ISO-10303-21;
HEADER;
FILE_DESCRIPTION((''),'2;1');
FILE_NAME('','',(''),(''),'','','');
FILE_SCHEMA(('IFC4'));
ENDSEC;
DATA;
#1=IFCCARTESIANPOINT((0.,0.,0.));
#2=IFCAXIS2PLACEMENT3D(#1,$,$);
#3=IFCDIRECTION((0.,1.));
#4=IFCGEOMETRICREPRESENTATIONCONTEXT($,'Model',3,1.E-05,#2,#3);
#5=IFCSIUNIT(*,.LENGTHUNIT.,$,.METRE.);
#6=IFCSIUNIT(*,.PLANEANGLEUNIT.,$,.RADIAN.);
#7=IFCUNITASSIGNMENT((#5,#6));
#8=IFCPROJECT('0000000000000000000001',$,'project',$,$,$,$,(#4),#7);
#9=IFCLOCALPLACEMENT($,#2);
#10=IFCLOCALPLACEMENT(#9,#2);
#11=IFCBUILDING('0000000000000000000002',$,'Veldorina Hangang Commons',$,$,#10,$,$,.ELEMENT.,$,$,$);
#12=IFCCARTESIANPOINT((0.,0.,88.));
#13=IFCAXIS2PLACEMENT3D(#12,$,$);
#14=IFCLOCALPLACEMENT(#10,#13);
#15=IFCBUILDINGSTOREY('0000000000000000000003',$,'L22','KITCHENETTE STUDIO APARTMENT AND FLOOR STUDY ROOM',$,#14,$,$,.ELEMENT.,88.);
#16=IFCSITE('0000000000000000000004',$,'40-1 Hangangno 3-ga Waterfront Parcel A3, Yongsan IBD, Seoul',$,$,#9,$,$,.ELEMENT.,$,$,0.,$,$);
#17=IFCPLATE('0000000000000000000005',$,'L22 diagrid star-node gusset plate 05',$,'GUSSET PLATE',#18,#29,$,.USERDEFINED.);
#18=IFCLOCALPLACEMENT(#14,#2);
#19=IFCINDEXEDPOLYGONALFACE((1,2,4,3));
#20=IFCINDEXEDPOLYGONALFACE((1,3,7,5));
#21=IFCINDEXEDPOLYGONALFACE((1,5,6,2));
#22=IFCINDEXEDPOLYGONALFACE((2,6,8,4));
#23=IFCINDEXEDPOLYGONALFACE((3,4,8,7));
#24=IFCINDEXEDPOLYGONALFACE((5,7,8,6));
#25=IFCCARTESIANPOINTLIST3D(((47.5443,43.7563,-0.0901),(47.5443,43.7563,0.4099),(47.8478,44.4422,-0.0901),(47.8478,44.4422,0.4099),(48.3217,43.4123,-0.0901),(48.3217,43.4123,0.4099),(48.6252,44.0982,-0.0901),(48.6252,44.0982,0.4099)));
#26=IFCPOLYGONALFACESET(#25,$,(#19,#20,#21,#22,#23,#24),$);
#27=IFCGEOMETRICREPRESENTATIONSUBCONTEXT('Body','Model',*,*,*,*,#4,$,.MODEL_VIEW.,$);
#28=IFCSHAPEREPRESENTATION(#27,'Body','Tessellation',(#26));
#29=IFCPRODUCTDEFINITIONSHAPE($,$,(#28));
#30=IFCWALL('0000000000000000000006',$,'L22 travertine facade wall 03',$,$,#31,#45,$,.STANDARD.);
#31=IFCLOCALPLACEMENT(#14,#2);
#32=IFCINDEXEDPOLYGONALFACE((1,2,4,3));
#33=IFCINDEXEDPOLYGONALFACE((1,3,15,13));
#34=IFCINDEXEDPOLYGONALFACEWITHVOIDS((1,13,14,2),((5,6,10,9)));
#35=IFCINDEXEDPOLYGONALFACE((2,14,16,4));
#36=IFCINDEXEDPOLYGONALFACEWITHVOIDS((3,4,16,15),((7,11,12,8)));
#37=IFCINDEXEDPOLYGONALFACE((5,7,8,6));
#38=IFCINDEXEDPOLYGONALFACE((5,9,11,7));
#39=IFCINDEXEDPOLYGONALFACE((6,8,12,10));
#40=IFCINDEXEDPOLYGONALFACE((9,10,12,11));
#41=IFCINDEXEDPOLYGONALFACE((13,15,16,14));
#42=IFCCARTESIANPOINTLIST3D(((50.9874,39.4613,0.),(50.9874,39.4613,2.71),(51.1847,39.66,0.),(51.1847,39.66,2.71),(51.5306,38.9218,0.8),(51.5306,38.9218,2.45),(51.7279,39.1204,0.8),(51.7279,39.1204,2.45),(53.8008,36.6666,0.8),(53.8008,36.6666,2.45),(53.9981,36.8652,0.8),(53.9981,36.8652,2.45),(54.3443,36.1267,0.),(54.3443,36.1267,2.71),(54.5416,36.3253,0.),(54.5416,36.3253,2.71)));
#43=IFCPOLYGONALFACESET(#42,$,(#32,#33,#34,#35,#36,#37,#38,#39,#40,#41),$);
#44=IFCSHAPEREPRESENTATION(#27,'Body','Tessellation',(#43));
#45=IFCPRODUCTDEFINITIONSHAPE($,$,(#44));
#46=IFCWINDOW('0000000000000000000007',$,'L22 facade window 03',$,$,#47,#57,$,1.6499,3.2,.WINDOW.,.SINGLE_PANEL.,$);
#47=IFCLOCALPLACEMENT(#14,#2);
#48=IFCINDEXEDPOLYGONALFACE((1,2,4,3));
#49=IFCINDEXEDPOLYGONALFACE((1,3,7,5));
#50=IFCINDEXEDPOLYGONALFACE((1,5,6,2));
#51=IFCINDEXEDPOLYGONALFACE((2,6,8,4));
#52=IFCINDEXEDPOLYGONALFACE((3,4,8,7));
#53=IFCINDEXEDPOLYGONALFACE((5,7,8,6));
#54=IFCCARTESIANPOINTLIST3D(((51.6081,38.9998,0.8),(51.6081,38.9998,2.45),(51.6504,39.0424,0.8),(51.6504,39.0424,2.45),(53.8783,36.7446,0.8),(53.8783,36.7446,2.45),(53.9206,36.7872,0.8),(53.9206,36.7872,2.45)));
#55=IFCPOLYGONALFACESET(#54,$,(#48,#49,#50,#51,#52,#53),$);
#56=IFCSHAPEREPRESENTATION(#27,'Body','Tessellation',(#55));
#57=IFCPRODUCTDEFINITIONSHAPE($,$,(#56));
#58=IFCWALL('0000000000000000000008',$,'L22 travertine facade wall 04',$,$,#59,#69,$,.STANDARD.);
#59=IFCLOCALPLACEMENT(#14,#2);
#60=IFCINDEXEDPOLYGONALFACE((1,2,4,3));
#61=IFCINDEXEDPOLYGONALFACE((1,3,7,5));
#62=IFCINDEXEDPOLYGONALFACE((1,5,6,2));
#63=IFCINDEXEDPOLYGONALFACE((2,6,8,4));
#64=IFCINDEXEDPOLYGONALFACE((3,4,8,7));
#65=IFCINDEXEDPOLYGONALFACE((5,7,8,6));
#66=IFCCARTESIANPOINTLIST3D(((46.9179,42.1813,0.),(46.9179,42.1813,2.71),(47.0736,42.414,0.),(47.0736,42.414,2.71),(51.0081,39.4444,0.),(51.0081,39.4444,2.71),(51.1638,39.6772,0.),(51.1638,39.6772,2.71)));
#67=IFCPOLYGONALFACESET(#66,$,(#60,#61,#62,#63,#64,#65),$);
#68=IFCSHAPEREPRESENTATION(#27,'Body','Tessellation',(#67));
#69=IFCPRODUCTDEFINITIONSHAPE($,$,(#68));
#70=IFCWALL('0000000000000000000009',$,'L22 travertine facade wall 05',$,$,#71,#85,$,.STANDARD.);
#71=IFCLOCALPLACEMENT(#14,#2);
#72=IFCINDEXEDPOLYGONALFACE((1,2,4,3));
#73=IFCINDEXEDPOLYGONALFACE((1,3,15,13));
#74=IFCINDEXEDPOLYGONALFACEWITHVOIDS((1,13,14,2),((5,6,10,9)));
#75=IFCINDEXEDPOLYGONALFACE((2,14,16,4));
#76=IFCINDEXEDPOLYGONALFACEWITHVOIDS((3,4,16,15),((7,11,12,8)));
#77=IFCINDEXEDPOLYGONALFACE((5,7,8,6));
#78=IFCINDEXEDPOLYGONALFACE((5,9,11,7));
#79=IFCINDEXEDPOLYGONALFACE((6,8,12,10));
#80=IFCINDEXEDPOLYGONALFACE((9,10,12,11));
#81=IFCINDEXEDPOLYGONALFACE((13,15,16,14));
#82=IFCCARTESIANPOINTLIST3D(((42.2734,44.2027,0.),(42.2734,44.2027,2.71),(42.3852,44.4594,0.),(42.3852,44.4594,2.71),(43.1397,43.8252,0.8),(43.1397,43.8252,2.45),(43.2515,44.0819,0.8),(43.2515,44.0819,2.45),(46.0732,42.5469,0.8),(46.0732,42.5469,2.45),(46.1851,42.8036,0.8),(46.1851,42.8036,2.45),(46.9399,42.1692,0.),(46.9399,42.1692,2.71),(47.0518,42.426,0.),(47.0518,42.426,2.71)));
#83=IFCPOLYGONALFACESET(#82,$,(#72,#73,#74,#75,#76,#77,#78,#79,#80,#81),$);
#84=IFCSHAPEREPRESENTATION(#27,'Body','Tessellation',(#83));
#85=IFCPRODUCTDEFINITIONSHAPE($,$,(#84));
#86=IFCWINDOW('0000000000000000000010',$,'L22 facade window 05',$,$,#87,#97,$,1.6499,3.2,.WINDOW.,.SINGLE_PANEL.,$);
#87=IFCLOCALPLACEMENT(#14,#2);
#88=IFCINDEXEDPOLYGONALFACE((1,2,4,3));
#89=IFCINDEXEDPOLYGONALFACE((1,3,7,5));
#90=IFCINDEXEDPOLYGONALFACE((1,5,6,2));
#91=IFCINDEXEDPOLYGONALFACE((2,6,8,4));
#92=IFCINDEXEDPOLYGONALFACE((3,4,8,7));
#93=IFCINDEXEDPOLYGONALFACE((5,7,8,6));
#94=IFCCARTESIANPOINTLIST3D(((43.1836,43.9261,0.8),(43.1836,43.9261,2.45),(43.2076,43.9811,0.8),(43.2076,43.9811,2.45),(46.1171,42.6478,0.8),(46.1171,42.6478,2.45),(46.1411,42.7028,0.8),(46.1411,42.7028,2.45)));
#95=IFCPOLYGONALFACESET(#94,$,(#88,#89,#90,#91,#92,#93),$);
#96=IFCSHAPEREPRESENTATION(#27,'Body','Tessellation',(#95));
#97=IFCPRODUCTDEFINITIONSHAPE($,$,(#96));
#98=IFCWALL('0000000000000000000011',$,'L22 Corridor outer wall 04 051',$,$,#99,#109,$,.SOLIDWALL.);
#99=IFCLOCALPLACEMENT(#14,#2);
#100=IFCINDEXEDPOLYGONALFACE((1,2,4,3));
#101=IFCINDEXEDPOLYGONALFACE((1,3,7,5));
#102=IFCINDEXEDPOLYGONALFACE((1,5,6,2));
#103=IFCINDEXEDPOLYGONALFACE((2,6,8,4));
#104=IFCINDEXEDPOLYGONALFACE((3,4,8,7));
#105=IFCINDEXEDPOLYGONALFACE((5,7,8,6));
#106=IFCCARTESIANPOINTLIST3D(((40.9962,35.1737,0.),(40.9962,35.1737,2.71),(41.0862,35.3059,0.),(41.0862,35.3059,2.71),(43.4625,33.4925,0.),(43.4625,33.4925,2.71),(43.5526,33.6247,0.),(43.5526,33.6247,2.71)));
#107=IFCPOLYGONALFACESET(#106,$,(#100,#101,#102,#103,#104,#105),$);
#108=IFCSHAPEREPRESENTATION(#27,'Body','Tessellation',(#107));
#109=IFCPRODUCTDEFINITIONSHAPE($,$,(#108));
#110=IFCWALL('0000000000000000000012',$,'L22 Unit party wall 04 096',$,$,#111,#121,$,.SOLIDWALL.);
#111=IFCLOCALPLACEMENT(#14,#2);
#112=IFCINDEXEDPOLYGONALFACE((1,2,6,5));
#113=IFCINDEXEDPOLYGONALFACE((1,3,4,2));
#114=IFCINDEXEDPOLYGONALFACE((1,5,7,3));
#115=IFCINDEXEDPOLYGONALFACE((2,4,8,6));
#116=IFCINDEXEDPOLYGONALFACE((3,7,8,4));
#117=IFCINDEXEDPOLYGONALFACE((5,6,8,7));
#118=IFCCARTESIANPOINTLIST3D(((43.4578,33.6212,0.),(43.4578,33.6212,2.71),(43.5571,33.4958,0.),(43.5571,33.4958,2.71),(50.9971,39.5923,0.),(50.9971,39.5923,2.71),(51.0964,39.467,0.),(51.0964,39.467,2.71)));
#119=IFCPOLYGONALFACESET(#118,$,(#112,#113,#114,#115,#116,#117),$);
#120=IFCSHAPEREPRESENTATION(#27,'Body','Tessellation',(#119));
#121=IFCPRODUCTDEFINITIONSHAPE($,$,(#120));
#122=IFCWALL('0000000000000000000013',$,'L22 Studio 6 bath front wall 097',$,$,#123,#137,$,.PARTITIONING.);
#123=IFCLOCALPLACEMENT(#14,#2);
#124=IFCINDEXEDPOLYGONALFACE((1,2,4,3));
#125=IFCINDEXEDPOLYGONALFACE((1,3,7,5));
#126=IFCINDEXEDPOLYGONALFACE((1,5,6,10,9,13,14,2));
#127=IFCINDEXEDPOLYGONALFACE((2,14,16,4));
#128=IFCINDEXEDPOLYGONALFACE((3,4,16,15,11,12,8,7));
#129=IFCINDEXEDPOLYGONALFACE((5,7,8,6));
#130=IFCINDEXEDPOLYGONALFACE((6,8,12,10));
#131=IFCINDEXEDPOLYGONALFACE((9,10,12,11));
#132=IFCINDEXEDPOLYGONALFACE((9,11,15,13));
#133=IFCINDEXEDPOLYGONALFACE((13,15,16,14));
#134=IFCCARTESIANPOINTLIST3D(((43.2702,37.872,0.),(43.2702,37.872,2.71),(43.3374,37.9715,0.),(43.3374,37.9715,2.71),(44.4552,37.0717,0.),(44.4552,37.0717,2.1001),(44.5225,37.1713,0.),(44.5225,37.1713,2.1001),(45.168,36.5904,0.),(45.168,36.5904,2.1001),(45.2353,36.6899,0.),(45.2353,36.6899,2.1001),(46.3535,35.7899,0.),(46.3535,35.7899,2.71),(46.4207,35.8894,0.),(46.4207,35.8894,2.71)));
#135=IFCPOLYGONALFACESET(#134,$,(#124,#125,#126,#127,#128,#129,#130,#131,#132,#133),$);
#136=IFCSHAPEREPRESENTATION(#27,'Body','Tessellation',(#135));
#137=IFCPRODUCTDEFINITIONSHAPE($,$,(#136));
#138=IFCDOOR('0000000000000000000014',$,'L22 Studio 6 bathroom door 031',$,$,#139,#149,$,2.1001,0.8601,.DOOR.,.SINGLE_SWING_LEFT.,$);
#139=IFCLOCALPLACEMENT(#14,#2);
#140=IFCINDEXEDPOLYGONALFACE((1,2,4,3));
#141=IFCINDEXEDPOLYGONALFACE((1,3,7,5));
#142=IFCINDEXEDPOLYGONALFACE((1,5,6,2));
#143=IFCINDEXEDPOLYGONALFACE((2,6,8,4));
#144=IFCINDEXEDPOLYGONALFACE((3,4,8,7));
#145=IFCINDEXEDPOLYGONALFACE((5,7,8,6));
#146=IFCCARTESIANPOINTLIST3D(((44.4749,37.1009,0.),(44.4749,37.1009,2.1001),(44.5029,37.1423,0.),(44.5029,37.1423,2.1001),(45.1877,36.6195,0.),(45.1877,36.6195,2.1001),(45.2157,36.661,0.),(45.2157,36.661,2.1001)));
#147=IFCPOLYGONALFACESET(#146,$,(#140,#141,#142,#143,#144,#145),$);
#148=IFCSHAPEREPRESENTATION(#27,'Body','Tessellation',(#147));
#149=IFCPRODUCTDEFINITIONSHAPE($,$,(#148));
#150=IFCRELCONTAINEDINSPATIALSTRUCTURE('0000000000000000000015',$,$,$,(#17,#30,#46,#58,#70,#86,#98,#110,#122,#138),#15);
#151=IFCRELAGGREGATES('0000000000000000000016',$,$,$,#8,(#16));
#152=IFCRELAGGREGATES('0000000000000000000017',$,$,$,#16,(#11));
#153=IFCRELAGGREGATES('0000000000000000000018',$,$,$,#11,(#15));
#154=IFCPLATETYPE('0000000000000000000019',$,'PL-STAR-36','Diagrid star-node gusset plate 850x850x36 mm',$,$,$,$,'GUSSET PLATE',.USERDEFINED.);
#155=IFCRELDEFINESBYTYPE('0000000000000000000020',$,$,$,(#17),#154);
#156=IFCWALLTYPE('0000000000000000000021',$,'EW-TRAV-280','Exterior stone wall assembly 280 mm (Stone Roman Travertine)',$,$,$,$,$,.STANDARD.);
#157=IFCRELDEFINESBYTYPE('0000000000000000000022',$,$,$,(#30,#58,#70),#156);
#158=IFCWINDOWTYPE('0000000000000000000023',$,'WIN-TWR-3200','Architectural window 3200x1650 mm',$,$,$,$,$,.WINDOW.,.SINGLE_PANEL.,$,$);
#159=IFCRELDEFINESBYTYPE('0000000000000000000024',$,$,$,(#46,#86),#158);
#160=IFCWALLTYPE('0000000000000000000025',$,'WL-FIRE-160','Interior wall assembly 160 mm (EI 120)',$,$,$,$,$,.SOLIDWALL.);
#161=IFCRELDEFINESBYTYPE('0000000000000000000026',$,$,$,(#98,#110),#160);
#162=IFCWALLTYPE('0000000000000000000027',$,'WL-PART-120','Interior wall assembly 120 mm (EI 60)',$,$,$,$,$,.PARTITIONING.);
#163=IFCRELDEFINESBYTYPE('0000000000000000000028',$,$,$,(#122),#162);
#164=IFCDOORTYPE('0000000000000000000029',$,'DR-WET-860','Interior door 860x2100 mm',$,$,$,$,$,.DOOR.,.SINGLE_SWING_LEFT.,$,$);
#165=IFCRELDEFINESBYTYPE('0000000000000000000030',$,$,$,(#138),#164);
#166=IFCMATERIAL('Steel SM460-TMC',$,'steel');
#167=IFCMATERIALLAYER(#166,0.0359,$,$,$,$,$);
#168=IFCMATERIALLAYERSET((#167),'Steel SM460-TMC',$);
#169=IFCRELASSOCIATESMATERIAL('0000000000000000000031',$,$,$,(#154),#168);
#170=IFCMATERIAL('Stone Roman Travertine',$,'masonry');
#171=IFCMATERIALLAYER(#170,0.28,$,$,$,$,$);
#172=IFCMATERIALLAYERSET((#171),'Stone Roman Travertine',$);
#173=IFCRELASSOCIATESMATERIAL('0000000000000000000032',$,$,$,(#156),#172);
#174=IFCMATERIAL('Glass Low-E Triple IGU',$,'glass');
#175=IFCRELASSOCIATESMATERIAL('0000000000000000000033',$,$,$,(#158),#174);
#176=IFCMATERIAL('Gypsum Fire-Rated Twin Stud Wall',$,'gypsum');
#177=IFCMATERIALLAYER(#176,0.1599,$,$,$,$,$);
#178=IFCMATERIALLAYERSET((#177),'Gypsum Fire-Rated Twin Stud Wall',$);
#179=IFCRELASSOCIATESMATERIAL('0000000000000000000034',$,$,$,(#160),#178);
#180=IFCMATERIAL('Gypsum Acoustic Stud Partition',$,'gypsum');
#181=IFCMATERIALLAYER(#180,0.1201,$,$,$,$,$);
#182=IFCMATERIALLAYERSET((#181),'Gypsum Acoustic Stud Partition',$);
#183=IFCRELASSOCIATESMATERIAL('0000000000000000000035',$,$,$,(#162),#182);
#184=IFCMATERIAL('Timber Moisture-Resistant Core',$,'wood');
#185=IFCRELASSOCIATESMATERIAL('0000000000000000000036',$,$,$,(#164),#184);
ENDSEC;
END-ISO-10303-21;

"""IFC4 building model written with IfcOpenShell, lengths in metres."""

from ifc_helpers import new_model, si_unit, direction, frame, frame_2d, origin, origin_2d, place, context, subcontext, project, spatial, rectangle, extrude, material, layer, layer_set, type_object, element, fill, save


model = new_model("IFC4")

# Units and contexts
model_context = context("Model", 3, precision=1e-05, world=origin(), true_north=direction((0.0, 1.0)))
body_context = subcontext(model_context, "Body", "Model", "MODEL_VIEW")
ifc_project = project(units=[si_unit("LENGTHUNIT", "METRE"), si_unit("PLANEANGLEUNIT", "RADIAN")], contexts=[model_context])

# Site, building, storey
site_placement = place(None, origin())
site = spatial("IfcSite", under=ifc_project, at=site_placement, Name="40-1 Hangangno 3-ga Waterfront Parcel A3, Yongsan IBD, Seoul", CompositionType="ELEMENT", RefElevation=0.0)
building_placement = place(site_placement, origin())
building = spatial("IfcBuilding", under=site, at=building_placement, Name="Veldorina Hangang Commons", CompositionType="ELEMENT")
storey_placement = place(building_placement, frame((0.0, 0.0, 88.0)))
storey = spatial("IfcBuildingStorey", under=building, at=storey_placement, Name="L22", Description="KITCHENETTE STUDIO APARTMENT AND FLOOR STUDY ROOM", CompositionType="ELEMENT", Elevation=88.0)

# Shared definitions
ifc_material_1 = material(Name="Steel SM460-TMC", Category="steel")

# Plate
ifc_layer_1 = layer(ifc_material_1, 0.0359)
ifc_layer_set_1 = layer_set([ifc_layer_1], Name="Steel SM460-TMC")
plate_type = type_object("IfcPlateType", Name="PL-STAR-36", Description="Diagrid star-node gusset plate 850x850x36 mm", ElementType="GUSSET PLATE", PredefinedType="USERDEFINED", material=ifc_layer_set_1)
plate_1_placement = place(storey_placement, frame((48.0847, 43.9272, -0.0901), z_axis=(0.0, 0.0, 1.0), x_axis=(-0.91448, 0.404631, 0.0)))
element("IfcPlate", 1, at=plate_1_placement, inside=storey, type_object=plate_type, Name="L22 diagrid star-node gusset plate 05", ObjectType="GUSSET PLATE", PredefinedType="USERDEFINED", context=body_context, shape_type="SweptSolid", body=[
    extrude(rectangle(XDim=0.8501, YDim=0.75, at=origin_2d()), origin(), (0.0, 0.0, 1.0), 0.5),
])

# Wall, opening, window
ifc_material_2 = material(Name="Stone Roman Travertine", Category="masonry")
ifc_layer_2 = layer(ifc_material_2, 0.28)
ifc_layer_set_2 = layer_set([ifc_layer_2], Name="Stone Roman Travertine")
wall_type_1 = type_object("IfcWallType", Name="EW-TRAV-280", Description="Exterior stone wall assembly 280 mm (Stone Roman Travertine)", PredefinedType="STANDARD", material=ifc_layer_set_2)
wall_1_placement = place(storey_placement, frame((54.4429, 36.2261, 0.0), z_axis=(0.0, 0.0, 1.0), x_axis=(-0.709451, 0.704755, 0.0)))
wall_1 = element("IfcWall", 2, at=wall_1_placement, inside=storey, type_object=wall_type_1, Name="L22 travertine facade wall 03", PredefinedType="STANDARD", context=body_context, shape_type="SweptSolid", body=[
    extrude(rectangle(XDim=4.7317, YDim=0.28, at=frame_2d((2.3657, 0.0))), origin(), (0.0, 0.0, 1.0), 2.71),
])
opening_1_placement = place(wall_1_placement, frame((0.7659, 0.0, 0.8)))
opening_1 = element("IfcOpeningElement", 3, at=opening_1_placement, cuts=wall_1, PredefinedType="OPENING", context=body_context, shape_type="SweptSolid", body=[
    extrude(rectangle(XDim=3.2, YDim=1.6499, at=frame_2d((1.6001, 0.825))), frame((0.0, 0.1499, 0.0), z_axis=(0.0, -1.0, 0.0), x_axis=(1.0, 0.0, 0.0)), (0.0, 0.0, 1.0), 0.3),
])
ifc_material_3 = material(Name="Glass Low-E Triple IGU", Category="glass")
window_type = type_object("IfcWindowType", Name="WIN-TWR-3200", Description="Architectural window 3200x1650 mm", PartitioningType="SINGLE_PANEL", PredefinedType="WINDOW", material=ifc_material_3)
window_1_placement = place(opening_1_placement, origin())
window_1 = element("IfcWindow", 4, at=window_1_placement, inside=storey, type_object=window_type, Name="L22 facade window 03", OverallHeight=1.6499, OverallWidth=3.2, PartitioningType="SINGLE_PANEL", PredefinedType="WINDOW", context=body_context, shape_type="SweptSolid", body=[
    extrude(rectangle(XDim=3.2, YDim=1.6499, at=frame_2d((1.6001, 0.825))), frame((0.0, 0.03, 0.0), z_axis=(0.0, -1.0, 0.0), x_axis=(1.0, 0.0, 0.0)), (0.0, 0.0, 1.0), 0.0601),
])
fill(opening_1, window_1)

# Wall
wall_2_placement = place(storey_placement, frame((51.0859, 39.5608, 0.0), z_axis=(0.0, 0.0, 1.0), x_axis=(-0.831103, 0.556119, 0.0)))
element("IfcWall", 5, at=wall_2_placement, inside=storey, type_object=wall_type_1, Name="L22 travertine facade wall 04", PredefinedType="STANDARD", context=body_context, shape_type="SweptSolid", body=[
    extrude(rectangle(XDim=4.9214, YDim=0.28, at=frame_2d((2.4607, 0.0))), origin(), (0.0, 0.0, 1.0), 2.71),
])

# Wall, opening, window
wall_3_placement = place(storey_placement, frame((46.9958, 42.2976, 0.0), z_axis=(0.0, 0.0, 1.0), x_axis=(-0.916744, 0.399475, 0.0)))
wall_3 = element("IfcWall", 6, at=wall_3_placement, inside=storey, type_object=wall_type_1, Name="L22 travertine facade wall 05", PredefinedType="STANDARD", context=body_context, shape_type="SweptSolid", body=[
    extrude(rectangle(XDim=5.0903, YDim=0.28, at=frame_2d((2.5452, 0.0))), origin(), (0.0, 0.0, 1.0), 2.71),
])
opening_2_placement = place(wall_3_placement, frame((0.9453, 0.0, 0.8)))
opening_2 = element("IfcOpeningElement", 7, at=opening_2_placement, cuts=wall_3, PredefinedType="OPENING", context=body_context, shape_type="SweptSolid", body=[
    extrude(rectangle(XDim=3.2, YDim=1.6499, at=frame_2d((1.6001, 0.825))), frame((0.0, 0.1499, 0.0), z_axis=(0.0, -1.0, 0.0), x_axis=(1.0, 0.0, 0.0)), (0.0, 0.0, 1.0), 0.3),
])
window_2_placement = place(opening_2_placement, origin())
window_2 = element("IfcWindow", 8, at=window_2_placement, inside=storey, type_object=window_type, Name="L22 facade window 05", OverallHeight=1.6499, OverallWidth=3.2, PartitioningType="SINGLE_PANEL", PredefinedType="WINDOW", context=body_context, shape_type="SweptSolid", body=[
    extrude(rectangle(XDim=3.2, YDim=1.6499, at=frame_2d((1.6001, 0.825))), frame((0.0, 0.03, 0.0), z_axis=(0.0, -1.0, 0.0), x_axis=(1.0, 0.0, 0.0)), (0.0, 0.0, 1.0), 0.0601),
])
fill(opening_2, window_2)

# Walls
ifc_material_4 = material(Name="Gypsum Fire-Rated Twin Stud Wall", Category="gypsum")
ifc_layer_3 = layer(ifc_material_4, 0.1599)
ifc_layer_set_3 = layer_set([ifc_layer_3], Name="Gypsum Fire-Rated Twin Stud Wall")
wall_type_2 = type_object("IfcWallType", Name="WL-FIRE-160", Description="Interior wall assembly 160 mm (EI 120)", PredefinedType="SOLIDWALL", material=ifc_layer_set_3)
wall_4_placement = place(storey_placement, frame((43.5076, 33.5586, 0.0), z_axis=(0.0, 0.0, 1.0), x_axis=(-0.826293, 0.56324, 0.0)))
element("IfcWall", 9, at=wall_4_placement, inside=storey, type_object=wall_type_2, Name="L22 Corridor outer wall 04 051", PredefinedType="SOLIDWALL", context=body_context, shape_type="SweptSolid", body=[
    extrude(rectangle(XDim=2.9849, YDim=0.1599, at=frame_2d((1.4924, 0.0))), origin(), (0.0, 0.0, 1.0), 2.71),
])
wall_5_placement = place(storey_placement, frame((43.5076, 33.5586, 0.0), z_axis=(0.0, 0.0, 1.0), x_axis=(0.783916, 0.620867, 0.0)))
element("IfcWall", 10, at=wall_5_placement, inside=storey, type_object=wall_type_2, Name="L22 Unit party wall 04 096", PredefinedType="SOLIDWALL", context=body_context, shape_type="SweptSolid", body=[
    extrude(rectangle(XDim=9.6174, YDim=0.1599, at=frame_2d((4.8086, 0.0))), origin(), (0.0, 0.0, 1.0), 2.71),
])

# Wall, opening, door
ifc_material_5 = material(Name="Gypsum Acoustic Stud Partition", Category="gypsum")
ifc_layer_4 = layer(ifc_material_5, 0.1201)
ifc_layer_set_4 = layer_set([ifc_layer_4], Name="Gypsum Acoustic Stud Partition")
wall_type_3 = type_object("IfcWallType", Name="WL-PART-120", Description="Interior wall assembly 120 mm (EI 60)", PredefinedType="PARTITIONING", material=ifc_layer_set_4)
wall_6_placement = place(storey_placement, frame((46.3872, 35.8396, 0.0), z_axis=(0.0, 0.0, 1.0), x_axis=(-0.828744, 0.559627, 0.0)))
wall_6 = element("IfcWall", 11, at=wall_6_placement, inside=storey, type_object=wall_type_3, Name="L22 Studio 6 bath front wall 097", PredefinedType="PARTITIONING", context=body_context, shape_type="SweptSolid", body=[
    extrude(rectangle(XDim=3.7205, YDim=0.1201, at=frame_2d((1.8604, 0.0))), origin(), (0.0, 0.0, 1.0), 2.71),
])
opening_3_placement = place(wall_6_placement, frame((1.4304, 0.0, 0.0)))
opening_3 = element("IfcOpeningElement", 12, at=opening_3_placement, cuts=wall_6, PredefinedType="OPENING", context=body_context, shape_type="SweptSolid", body=[
    extrude(rectangle(XDim=0.8601, YDim=2.1001, at=frame_2d((0.4302, 1.05))), frame((0.0, 0.0701, 0.0), z_axis=(0.0, -1.0, 0.0), x_axis=(1.0, 0.0, 0.0)), (0.0, 0.0, 1.0), 0.1401),
])
ifc_material_6 = material(Name="Timber Moisture-Resistant Core", Category="wood")
door_type = type_object("IfcDoorType", Name="DR-WET-860", Description="Interior door 860x2100 mm", OperationType="SINGLE_SWING_LEFT", PredefinedType="DOOR", material=ifc_material_6)
door_placement = place(opening_3_placement, origin())
door = element("IfcDoor", 13, at=door_placement, inside=storey, type_object=door_type, Name="L22 Studio 6 bathroom door 031", OperationType="SINGLE_SWING_LEFT", OverallHeight=2.1001, OverallWidth=0.8601, PredefinedType="DOOR", context=body_context, shape_type="SweptSolid", body=[
    extrude(rectangle(XDim=0.8601, YDim=2.1001, at=frame_2d((0.4302, 1.05))), frame((0.0, 0.0249, 0.0), z_axis=(0.0, -1.0, 0.0), x_axis=(1.0, 0.0, 0.0)), (0.0, 0.0, 1.0), 0.05),
])
fill(opening_3, door)

save(model, "model.ifc")
